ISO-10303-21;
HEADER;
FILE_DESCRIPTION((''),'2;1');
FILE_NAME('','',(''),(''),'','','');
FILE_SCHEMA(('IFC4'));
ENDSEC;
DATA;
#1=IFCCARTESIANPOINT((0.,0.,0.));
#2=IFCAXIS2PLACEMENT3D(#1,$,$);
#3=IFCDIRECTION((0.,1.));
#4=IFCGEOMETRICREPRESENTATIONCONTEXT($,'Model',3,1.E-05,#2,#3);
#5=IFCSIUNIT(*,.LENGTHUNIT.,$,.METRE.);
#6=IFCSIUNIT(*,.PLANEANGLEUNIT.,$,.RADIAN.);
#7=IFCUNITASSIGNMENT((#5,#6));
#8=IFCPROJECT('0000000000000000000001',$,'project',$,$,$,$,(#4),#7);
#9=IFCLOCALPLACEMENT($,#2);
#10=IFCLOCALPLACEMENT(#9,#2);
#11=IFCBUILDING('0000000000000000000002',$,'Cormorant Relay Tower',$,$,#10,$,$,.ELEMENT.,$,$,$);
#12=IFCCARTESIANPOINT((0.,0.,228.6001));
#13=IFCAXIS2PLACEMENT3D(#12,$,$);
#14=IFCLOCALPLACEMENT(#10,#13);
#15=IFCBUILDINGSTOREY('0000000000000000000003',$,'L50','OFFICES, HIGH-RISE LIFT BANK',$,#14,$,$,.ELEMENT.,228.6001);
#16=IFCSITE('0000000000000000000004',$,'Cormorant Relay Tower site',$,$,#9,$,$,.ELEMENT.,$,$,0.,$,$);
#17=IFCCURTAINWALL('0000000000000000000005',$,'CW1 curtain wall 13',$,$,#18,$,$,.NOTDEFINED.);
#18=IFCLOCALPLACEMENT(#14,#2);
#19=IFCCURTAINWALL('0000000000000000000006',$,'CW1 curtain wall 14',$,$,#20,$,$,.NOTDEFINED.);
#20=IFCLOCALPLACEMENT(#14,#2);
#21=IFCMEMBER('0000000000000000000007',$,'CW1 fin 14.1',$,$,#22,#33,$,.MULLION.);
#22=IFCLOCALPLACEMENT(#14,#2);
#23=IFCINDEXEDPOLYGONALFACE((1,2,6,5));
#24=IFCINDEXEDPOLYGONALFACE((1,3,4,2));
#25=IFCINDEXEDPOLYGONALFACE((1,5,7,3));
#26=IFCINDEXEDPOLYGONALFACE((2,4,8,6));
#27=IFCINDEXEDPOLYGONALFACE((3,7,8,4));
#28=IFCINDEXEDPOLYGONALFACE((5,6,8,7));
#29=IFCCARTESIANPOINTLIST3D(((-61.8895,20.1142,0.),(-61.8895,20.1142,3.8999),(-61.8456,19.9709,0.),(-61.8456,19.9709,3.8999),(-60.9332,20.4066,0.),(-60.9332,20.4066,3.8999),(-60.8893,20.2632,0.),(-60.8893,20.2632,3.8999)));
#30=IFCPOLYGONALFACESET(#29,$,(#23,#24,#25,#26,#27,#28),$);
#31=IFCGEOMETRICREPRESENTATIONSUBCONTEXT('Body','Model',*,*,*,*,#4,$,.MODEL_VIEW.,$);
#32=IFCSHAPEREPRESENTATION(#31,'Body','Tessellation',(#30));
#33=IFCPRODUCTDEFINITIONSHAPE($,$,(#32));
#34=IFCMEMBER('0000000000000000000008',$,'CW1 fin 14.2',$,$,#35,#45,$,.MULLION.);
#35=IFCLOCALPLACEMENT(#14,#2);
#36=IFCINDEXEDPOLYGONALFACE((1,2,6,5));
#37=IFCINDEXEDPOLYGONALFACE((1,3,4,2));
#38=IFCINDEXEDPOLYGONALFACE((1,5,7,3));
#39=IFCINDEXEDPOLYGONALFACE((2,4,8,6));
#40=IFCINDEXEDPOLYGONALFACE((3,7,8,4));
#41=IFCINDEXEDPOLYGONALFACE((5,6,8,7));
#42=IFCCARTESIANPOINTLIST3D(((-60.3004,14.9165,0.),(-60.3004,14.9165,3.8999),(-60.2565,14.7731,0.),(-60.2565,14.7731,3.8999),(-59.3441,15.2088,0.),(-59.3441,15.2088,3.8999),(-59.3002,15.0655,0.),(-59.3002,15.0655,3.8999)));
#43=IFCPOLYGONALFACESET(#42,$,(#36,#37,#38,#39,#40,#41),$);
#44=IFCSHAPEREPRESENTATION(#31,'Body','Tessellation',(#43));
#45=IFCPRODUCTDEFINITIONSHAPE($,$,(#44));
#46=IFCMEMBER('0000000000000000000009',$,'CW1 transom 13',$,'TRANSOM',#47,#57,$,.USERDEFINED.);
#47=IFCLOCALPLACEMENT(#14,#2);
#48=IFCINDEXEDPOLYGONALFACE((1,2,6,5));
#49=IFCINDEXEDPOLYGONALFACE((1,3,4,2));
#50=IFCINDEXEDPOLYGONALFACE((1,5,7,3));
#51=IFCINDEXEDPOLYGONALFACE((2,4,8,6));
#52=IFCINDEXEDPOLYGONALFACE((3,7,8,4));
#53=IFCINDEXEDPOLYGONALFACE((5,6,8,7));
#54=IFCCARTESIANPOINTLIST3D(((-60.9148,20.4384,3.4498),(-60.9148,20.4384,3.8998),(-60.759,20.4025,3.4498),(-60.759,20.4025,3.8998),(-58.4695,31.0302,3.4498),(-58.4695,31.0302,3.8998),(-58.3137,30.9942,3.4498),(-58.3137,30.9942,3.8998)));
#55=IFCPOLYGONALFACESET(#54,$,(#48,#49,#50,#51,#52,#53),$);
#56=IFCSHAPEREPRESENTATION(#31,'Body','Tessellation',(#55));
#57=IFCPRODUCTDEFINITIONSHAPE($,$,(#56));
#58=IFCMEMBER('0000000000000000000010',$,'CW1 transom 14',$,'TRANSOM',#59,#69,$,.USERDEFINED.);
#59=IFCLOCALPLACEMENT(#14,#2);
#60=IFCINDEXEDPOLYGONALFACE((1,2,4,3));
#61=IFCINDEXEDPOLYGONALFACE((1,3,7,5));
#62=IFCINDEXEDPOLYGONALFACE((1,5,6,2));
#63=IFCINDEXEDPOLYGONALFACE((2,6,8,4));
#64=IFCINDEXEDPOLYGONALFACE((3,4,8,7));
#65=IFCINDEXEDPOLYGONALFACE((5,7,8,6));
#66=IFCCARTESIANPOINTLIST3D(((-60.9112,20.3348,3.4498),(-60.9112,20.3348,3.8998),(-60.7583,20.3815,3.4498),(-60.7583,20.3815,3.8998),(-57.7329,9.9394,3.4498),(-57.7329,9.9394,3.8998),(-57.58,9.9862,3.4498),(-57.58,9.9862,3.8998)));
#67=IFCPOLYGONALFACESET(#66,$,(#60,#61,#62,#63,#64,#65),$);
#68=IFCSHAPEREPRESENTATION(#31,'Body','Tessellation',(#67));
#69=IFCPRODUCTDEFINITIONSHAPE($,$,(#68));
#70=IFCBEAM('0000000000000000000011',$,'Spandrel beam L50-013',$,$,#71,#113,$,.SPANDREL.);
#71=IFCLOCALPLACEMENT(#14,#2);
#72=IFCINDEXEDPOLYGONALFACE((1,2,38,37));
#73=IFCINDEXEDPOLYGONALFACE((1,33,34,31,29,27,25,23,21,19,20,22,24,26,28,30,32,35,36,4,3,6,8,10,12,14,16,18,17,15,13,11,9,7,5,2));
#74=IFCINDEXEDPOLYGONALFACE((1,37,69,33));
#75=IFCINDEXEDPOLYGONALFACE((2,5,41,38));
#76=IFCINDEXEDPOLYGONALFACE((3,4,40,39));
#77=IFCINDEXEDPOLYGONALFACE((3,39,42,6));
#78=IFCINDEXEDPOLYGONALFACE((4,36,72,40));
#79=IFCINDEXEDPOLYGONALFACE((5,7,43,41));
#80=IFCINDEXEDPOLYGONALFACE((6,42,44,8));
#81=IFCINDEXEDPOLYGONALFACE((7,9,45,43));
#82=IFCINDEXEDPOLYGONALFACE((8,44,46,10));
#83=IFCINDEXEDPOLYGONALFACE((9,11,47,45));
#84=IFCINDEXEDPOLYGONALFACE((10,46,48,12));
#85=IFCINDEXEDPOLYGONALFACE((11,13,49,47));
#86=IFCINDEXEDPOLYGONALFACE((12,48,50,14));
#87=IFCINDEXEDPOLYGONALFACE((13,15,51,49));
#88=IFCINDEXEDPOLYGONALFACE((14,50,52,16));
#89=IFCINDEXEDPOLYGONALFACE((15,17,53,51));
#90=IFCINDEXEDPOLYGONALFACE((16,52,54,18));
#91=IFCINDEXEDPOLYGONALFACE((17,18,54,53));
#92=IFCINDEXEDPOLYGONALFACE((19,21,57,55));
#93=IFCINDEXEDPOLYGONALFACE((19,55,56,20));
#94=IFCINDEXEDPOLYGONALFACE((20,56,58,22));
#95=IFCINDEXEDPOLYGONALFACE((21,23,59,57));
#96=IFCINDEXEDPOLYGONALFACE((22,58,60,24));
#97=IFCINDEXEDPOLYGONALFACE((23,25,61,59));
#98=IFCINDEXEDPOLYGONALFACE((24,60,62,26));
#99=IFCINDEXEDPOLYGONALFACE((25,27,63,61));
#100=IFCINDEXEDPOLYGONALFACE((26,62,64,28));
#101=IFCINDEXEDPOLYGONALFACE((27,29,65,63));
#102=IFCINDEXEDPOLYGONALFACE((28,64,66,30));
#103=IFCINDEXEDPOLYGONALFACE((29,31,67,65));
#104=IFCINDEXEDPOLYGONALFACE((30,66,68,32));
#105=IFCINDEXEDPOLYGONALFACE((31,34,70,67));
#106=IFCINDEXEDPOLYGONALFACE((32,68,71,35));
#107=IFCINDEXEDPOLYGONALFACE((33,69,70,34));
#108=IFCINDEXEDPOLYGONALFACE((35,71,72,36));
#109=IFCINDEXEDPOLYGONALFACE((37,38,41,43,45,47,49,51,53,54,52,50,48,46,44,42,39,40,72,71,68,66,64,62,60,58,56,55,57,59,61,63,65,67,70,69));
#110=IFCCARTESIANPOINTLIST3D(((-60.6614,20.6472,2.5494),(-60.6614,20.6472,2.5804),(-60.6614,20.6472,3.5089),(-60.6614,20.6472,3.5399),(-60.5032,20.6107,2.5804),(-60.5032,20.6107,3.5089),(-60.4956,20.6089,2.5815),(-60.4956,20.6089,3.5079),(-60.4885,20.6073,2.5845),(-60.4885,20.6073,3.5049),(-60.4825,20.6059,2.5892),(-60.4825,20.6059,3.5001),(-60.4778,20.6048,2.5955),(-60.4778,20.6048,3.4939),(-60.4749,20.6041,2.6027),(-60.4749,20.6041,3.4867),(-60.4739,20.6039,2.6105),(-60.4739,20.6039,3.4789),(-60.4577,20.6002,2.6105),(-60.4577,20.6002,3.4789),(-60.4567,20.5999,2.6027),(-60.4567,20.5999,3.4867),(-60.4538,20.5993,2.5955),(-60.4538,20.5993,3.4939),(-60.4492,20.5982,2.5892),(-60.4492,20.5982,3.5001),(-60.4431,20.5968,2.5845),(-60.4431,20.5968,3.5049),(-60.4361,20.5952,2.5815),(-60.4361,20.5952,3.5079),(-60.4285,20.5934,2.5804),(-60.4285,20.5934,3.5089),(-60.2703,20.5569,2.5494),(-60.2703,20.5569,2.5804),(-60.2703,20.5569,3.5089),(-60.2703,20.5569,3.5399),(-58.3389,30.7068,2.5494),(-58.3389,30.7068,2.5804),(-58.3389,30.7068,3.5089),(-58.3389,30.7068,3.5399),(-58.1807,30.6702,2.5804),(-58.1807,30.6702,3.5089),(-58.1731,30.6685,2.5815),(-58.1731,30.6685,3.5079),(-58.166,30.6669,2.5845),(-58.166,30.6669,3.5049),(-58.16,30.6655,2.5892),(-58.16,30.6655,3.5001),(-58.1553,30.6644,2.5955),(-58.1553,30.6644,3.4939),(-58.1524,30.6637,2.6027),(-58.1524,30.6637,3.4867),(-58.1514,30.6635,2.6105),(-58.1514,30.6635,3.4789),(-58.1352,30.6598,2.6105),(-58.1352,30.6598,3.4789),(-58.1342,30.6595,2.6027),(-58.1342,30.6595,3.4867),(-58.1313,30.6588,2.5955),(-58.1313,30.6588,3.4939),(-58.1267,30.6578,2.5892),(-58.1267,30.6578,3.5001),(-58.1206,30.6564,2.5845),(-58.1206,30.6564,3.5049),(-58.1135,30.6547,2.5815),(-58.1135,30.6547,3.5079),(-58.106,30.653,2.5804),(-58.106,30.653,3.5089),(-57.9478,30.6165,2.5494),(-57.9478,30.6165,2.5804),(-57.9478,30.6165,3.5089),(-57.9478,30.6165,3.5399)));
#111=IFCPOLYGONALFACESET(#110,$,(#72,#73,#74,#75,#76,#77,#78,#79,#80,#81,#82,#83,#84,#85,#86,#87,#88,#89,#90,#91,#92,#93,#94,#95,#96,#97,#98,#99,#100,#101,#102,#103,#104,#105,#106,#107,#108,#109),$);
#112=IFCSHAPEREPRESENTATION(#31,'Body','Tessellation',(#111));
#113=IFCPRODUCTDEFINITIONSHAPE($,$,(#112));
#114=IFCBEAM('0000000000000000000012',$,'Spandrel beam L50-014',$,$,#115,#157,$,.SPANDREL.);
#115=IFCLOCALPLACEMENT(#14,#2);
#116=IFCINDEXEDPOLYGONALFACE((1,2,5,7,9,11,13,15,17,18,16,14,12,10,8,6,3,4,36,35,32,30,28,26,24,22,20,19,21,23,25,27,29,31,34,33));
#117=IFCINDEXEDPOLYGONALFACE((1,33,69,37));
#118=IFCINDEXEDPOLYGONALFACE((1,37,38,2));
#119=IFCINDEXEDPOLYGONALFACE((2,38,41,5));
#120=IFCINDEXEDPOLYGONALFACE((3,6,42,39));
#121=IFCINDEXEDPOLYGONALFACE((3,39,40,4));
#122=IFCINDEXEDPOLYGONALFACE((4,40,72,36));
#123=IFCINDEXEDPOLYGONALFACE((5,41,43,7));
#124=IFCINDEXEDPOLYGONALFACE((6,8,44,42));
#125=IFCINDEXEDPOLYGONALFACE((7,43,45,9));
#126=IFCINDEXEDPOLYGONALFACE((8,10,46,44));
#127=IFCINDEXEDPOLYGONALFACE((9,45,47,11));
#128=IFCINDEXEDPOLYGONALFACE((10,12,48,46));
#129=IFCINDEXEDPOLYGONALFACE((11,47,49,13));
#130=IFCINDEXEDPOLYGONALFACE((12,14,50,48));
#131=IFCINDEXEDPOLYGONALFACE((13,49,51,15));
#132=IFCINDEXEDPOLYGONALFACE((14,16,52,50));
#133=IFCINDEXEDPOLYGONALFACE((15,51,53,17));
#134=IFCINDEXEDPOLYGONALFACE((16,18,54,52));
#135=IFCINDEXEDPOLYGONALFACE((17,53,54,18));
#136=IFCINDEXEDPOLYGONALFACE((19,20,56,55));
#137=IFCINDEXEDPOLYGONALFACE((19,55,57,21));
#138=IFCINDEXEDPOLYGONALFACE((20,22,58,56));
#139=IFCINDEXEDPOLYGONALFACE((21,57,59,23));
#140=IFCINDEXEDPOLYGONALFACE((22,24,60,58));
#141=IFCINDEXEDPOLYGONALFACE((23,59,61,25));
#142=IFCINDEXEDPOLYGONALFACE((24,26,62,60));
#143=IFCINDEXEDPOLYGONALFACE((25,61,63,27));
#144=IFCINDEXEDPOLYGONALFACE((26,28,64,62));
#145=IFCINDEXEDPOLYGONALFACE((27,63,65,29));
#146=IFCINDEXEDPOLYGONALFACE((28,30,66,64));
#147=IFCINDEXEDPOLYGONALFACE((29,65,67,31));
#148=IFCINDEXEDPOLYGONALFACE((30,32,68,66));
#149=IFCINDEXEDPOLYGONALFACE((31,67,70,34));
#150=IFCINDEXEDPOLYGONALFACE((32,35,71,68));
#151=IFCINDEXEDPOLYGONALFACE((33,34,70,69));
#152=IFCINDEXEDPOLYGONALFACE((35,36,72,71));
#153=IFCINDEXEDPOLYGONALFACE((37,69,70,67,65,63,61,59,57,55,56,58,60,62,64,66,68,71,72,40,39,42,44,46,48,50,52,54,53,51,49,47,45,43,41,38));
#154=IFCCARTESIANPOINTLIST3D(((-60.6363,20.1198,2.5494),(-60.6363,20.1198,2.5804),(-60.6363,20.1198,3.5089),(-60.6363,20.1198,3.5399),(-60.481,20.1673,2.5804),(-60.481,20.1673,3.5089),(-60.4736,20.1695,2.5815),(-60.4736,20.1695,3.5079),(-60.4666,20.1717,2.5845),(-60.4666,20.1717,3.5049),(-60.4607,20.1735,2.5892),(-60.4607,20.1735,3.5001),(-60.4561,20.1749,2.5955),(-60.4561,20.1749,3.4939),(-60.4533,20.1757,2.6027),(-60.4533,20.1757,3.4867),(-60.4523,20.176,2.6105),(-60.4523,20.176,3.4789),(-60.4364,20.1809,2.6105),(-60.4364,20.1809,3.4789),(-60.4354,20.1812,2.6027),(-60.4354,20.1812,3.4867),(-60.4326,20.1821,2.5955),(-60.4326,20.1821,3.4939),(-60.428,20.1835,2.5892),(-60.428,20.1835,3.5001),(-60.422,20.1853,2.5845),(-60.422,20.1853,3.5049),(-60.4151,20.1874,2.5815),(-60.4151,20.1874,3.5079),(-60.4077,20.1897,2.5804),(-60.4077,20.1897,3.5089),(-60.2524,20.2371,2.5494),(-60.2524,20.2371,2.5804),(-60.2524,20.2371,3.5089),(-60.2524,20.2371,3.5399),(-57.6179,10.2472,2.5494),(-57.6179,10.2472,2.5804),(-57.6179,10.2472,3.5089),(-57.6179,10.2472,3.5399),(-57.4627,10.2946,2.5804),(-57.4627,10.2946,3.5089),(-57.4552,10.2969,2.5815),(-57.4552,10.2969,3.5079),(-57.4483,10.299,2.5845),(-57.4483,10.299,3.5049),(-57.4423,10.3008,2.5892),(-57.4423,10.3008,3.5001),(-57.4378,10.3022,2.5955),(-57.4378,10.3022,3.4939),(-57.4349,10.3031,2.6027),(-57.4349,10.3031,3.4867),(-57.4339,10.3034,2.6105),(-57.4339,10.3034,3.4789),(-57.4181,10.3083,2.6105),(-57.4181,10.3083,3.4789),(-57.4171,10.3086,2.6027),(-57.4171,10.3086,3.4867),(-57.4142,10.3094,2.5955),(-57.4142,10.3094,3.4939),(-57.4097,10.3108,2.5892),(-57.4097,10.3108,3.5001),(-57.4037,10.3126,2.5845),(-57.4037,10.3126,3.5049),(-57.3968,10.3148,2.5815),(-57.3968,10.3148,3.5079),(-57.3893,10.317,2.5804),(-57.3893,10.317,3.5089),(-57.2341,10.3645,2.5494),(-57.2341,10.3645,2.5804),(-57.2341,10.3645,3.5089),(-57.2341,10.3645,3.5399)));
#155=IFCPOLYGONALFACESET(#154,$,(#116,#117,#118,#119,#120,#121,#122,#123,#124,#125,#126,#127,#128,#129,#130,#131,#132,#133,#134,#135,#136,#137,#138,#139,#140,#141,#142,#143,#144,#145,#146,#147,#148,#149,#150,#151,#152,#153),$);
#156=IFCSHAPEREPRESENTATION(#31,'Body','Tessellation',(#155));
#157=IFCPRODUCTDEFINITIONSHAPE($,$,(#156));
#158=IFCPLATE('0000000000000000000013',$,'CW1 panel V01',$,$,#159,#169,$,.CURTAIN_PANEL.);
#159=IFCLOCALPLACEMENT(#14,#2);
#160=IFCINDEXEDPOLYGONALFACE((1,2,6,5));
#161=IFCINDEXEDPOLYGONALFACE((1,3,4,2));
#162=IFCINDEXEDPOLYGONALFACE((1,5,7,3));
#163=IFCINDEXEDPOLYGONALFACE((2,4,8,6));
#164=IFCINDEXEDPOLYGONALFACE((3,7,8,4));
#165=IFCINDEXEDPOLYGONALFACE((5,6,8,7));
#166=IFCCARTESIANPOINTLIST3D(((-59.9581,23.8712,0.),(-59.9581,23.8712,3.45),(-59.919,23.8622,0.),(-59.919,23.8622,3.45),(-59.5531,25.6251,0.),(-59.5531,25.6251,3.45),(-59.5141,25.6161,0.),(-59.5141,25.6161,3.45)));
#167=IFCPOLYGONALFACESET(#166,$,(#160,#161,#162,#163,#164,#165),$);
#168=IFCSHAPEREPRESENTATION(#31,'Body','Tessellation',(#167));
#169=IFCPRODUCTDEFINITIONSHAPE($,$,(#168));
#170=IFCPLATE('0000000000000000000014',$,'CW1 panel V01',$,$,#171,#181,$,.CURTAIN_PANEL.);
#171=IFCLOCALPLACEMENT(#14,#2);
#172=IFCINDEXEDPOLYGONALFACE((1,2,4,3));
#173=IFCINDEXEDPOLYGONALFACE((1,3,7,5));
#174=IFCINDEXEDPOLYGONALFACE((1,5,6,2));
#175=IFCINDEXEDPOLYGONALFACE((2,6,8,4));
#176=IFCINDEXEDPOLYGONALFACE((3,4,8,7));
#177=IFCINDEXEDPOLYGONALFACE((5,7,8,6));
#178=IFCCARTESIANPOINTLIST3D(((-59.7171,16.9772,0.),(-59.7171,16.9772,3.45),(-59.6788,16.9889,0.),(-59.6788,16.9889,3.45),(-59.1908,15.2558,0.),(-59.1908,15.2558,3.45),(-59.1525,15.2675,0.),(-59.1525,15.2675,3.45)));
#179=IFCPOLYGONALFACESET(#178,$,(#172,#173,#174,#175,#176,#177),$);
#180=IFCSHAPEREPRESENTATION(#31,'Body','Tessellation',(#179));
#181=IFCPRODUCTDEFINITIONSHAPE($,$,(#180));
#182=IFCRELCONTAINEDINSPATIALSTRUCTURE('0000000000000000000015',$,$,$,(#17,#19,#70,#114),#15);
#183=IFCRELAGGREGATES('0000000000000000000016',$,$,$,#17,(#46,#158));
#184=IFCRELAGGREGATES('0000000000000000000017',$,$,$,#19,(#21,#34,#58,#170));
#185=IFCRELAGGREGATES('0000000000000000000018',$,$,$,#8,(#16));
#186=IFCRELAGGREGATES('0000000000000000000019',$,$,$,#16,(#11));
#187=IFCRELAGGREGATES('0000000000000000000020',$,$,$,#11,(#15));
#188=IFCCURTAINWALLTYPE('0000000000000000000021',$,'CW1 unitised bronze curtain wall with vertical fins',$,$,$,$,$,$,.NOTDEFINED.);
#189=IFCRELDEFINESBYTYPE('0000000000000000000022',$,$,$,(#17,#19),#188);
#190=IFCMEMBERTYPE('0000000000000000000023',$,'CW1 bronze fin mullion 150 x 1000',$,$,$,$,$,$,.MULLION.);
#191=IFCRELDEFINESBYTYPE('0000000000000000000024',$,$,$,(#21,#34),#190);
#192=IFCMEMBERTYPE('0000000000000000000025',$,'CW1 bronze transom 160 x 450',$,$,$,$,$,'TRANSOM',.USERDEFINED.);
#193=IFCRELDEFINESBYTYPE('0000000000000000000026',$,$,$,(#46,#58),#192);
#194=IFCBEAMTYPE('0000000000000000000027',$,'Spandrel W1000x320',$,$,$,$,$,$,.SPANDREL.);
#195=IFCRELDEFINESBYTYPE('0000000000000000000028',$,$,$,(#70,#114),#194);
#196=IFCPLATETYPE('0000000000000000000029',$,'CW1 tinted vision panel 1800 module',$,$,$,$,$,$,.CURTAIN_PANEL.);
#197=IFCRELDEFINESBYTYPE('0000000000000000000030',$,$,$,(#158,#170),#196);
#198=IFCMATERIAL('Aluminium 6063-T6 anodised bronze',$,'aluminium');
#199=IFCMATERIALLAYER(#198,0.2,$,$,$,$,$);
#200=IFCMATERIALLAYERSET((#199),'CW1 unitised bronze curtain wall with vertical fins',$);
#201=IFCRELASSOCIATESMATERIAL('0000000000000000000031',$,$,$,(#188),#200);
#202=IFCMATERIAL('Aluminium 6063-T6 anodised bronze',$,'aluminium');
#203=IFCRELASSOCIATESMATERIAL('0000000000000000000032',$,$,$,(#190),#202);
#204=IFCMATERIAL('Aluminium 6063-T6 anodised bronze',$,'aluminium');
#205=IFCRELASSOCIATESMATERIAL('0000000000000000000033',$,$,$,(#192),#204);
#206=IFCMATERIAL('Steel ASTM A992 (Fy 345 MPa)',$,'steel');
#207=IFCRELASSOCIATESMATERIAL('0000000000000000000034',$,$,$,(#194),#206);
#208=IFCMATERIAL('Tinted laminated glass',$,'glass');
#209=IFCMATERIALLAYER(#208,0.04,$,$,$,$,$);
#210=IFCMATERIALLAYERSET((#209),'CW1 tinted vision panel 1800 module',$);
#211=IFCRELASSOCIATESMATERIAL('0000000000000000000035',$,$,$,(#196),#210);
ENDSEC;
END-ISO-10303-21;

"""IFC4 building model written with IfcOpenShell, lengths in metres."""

from ifc_helpers import new_model, si_unit, direction, frame, origin, origin_2d, place, context, subcontext, project, spatial, rectangle, i_section, extrude, material, layer, layer_set, material_profile, profile_set, type_object, element, aggregate, save


model = new_model("IFC4")

# Units and contexts
model_context = context("Model", 3, precision=1e-05, world=origin(), true_north=direction((0.0, 1.0)))
body_context = subcontext(model_context, "Body", "Model", "MODEL_VIEW")
ifc_project = project(units=[si_unit("LENGTHUNIT", "METRE"), si_unit("PLANEANGLEUNIT", "RADIAN")], contexts=[model_context])

# Site, building, storey
site_placement = place(None, origin())
site = spatial("IfcSite", under=ifc_project, at=site_placement, Name="Cormorant Relay Tower site", CompositionType="ELEMENT", RefElevation=0.0)
building_placement = place(site_placement, origin())
building = spatial("IfcBuilding", under=site, at=building_placement, Name="Cormorant Relay Tower", CompositionType="ELEMENT")
storey_placement = place(building_placement, frame((0.0, 0.0, 228.6001)))
storey = spatial("IfcBuildingStorey", under=building, at=storey_placement, Name="L50", Description="OFFICES, HIGH-RISE LIFT BANK", CompositionType="ELEMENT", Elevation=228.6001)

# Curtain wall
ifc_material_1 = material(Name="Aluminium 6063-T6 anodised bronze", Category="aluminium")
ifc_layer_1 = layer(ifc_material_1, 0.2)
ifc_layer_set_1 = layer_set([ifc_layer_1], Name="CW1 unitised bronze curtain wall with vertical fins")
curtain_wall_type = type_object("IfcCurtainWallType", Name="CW1 unitised bronze curtain wall with vertical fins", PredefinedType="NOTDEFINED", material=ifc_layer_set_1)
curtain_wall_1_placement = place(storey_placement, origin())
curtain_wall_1 = element("IfcCurtainWall", 1, at=curtain_wall_1_placement, inside=storey, type_object=curtain_wall_type, Name="CW1 curtain wall 13", PredefinedType="NOTDEFINED")
ifc_material_2 = material(Name="Aluminium 6063-T6 anodised bronze", Category="aluminium")
ifc_material_profile_1 = material_profile(ifc_material_2, rectangle(XDim=0.1499, YDim=1.0, at=origin_2d()), Name="AL 150x1000")
ifc_profile_set_1 = profile_set([ifc_material_profile_1], Name="Aluminium 6063-T6 anodised bronze")
member_type_1 = type_object("IfcMemberType", Name="CW1 bronze fin mullion 150 x 1000", PredefinedType="MULLION", material=ifc_profile_set_1)

# Curtain wall, members
curtain_wall_2_placement = place(storey_placement, origin())
curtain_wall_2 = element("IfcCurtainWall", 2, at=curtain_wall_2_placement, inside=storey, type_object=curtain_wall_type, Name="CW1 curtain wall 14", PredefinedType="NOTDEFINED")
member_1_placement = place(storey_placement, frame((-61.3894, 20.1887, 0.0), z_axis=(0.0, 0.0, 1.0), x_axis=(0.292372, -0.956305, 0.0)))
member_1 = element("IfcMember", 3, at=member_1_placement, type_object=member_type_1, Name="CW1 fin 14.1", PredefinedType="MULLION", context=body_context, shape_type="SweptSolid", body=[
    extrude(rectangle(XDim=0.1499, YDim=1.0, at=origin_2d()), origin(), (0.0, 0.0, 1.0), 3.8999),
])
member_2_placement = place(storey_placement, frame((-59.8003, 14.991, 0.0), z_axis=(0.0, 0.0, 1.0), x_axis=(0.292372, -0.956305, 0.0)))
member_2 = element("IfcMember", 4, at=member_2_placement, type_object=member_type_1, Name="CW1 fin 14.2", PredefinedType="MULLION", context=body_context, shape_type="SweptSolid", body=[
    extrude(rectangle(XDim=0.1499, YDim=1.0, at=origin_2d()), origin(), (0.0, 0.0, 1.0), 3.8999),
])

# Members
ifc_material_3 = material(Name="Aluminium 6063-T6 anodised bronze", Category="aluminium")
ifc_material_profile_2 = material_profile(ifc_material_3, rectangle(XDim=0.1599, YDim=0.45, at=origin_2d()), Name="AL 160x450")
ifc_profile_set_2 = profile_set([ifc_material_profile_2], Name="Aluminium 6063-T6 anodised bronze")
member_type_2 = type_object("IfcMemberType", Name="CW1 bronze transom 160 x 450", ElementType="TRANSOM", PredefinedType="USERDEFINED", material=ifc_profile_set_2)
member_3_placement = place(storey_placement, frame((-58.3916, 31.0122, 3.6748), z_axis=(-0.224951, -0.97437, 0.0), x_axis=(0.97437, -0.224951, 0.0)))
member_3 = element("IfcMember", 5, at=member_3_placement, type_object=member_type_2, Name="CW1 transom 13", ObjectType="TRANSOM", PredefinedType="USERDEFINED", context=body_context, shape_type="SweptSolid", body=[
    extrude(rectangle(XDim=0.1599, YDim=0.45, at=origin_2d()), origin(), (0.0, 0.0, 1.0), 10.8704),
])
member_4_placement = place(storey_placement, frame((-60.8347, 20.3582, 3.6748), z_axis=(0.292378, -0.956303, 0.0), x_axis=(0.956303, 0.292378, 0.0)))
member_4 = element("IfcMember", 6, at=member_4_placement, type_object=member_type_2, Name="CW1 transom 14", ObjectType="TRANSOM", PredefinedType="USERDEFINED", context=body_context, shape_type="SweptSolid", body=[
    extrude(rectangle(XDim=0.1599, YDim=0.45, at=origin_2d()), origin(), (0.0, 0.0, 1.0), 10.8704),
])

# Beams
ifc_material_4 = material(Name="Steel ASTM A992 (Fy 345 MPa)", Category="steel")
ifc_material_profile_3 = material_profile(ifc_material_4, i_section(OverallWidth=0.4014, OverallDepth=0.9905, WebThickness=0.0166, FlangeThickness=0.031, FilletRadius=0.03, at=origin_2d()), Name="W1000x320")
ifc_profile_set_3 = profile_set([ifc_material_profile_3], Name="Steel ASTM A992 (Fy 345 MPa)")
beam_type = type_object("IfcBeamType", Name="Spandrel W1000x320", PredefinedType="SPANDREL", material=ifc_profile_set_3)
beam_1_placement = place(storey_placement, frame((-58.1433, 30.6616, 3.0447), z_axis=(-0.224958, -0.974368, 0.0), x_axis=(0.974368, -0.224958, 0.0)))
element("IfcBeam", 7, at=beam_1_placement, inside=storey, type_object=beam_type, Name="Spandrel beam L50-013", PredefinedType="SPANDREL", context=body_context, shape_type="SweptSolid", body=[
    extrude(i_section(OverallWidth=0.4014, OverallDepth=0.9905, WebThickness=0.0166, FlangeThickness=0.031, FilletRadius=0.03, at=origin_2d()), origin(), (0.0, 0.0, 1.0), 10.3242),
])
beam_2_placement = place(storey_placement, frame((-60.4443, 20.1785, 3.0447), z_axis=(0.292369, -0.956306, 0.0), x_axis=(0.956306, 0.292369, 0.0)))
element("IfcBeam", 8, at=beam_2_placement, inside=storey, type_object=beam_type, Name="Spandrel beam L50-014", PredefinedType="SPANDREL", context=body_context, shape_type="SweptSolid", body=[
    extrude(i_section(OverallWidth=0.4014, OverallDepth=0.9905, WebThickness=0.0166, FlangeThickness=0.031, FilletRadius=0.03, at=origin_2d()), origin(), (0.0, 0.0, 1.0), 10.3237),
])

# Plates
ifc_material_5 = material(Name="Tinted laminated glass", Category="glass")
ifc_layer_2 = layer(ifc_material_5, 0.04)
ifc_layer_set_2 = layer_set([ifc_layer_2], Name="CW1 tinted vision panel 1800 module")
plate_type = type_object("IfcPlateType", Name="CW1 tinted vision panel 1800 module", PredefinedType="CURTAIN_PANEL", material=ifc_layer_set_2)
plate_1_placement = place(storey_placement, frame((-59.7361, 24.7437, 0.0), z_axis=(0.0, 0.0, 1.0), x_axis=(-0.224951, -0.97437, 0.0)))
plate_1 = element("IfcPlate", 9, at=plate_1_placement, type_object=plate_type, Name="CW1 panel V01", PredefinedType="CURTAIN_PANEL", context=body_context, shape_type="SweptSolid", body=[
    extrude(rectangle(XDim=1.8, YDim=0.04, at=origin_2d()), origin(), (0.0, 0.0, 1.0), 3.45),
])
plate_2_placement = place(storey_placement, frame((-59.4348, 16.1223, 0.0), z_axis=(0.0, 0.0, 1.0), x_axis=(0.292372, -0.956305, 0.0)))
plate_2 = element("IfcPlate", 10, at=plate_2_placement, type_object=plate_type, Name="CW1 panel V01", PredefinedType="CURTAIN_PANEL", context=body_context, shape_type="SweptSolid", body=[
    extrude(rectangle(XDim=1.8, YDim=0.04, at=origin_2d()), origin(), (0.0, 0.0, 1.0), 3.45),
])

aggregate(curtain_wall_1, [member_3, plate_1])
aggregate(curtain_wall_2, [member_1, member_2, member_4, plate_2])

save(model, "model.ifc")
